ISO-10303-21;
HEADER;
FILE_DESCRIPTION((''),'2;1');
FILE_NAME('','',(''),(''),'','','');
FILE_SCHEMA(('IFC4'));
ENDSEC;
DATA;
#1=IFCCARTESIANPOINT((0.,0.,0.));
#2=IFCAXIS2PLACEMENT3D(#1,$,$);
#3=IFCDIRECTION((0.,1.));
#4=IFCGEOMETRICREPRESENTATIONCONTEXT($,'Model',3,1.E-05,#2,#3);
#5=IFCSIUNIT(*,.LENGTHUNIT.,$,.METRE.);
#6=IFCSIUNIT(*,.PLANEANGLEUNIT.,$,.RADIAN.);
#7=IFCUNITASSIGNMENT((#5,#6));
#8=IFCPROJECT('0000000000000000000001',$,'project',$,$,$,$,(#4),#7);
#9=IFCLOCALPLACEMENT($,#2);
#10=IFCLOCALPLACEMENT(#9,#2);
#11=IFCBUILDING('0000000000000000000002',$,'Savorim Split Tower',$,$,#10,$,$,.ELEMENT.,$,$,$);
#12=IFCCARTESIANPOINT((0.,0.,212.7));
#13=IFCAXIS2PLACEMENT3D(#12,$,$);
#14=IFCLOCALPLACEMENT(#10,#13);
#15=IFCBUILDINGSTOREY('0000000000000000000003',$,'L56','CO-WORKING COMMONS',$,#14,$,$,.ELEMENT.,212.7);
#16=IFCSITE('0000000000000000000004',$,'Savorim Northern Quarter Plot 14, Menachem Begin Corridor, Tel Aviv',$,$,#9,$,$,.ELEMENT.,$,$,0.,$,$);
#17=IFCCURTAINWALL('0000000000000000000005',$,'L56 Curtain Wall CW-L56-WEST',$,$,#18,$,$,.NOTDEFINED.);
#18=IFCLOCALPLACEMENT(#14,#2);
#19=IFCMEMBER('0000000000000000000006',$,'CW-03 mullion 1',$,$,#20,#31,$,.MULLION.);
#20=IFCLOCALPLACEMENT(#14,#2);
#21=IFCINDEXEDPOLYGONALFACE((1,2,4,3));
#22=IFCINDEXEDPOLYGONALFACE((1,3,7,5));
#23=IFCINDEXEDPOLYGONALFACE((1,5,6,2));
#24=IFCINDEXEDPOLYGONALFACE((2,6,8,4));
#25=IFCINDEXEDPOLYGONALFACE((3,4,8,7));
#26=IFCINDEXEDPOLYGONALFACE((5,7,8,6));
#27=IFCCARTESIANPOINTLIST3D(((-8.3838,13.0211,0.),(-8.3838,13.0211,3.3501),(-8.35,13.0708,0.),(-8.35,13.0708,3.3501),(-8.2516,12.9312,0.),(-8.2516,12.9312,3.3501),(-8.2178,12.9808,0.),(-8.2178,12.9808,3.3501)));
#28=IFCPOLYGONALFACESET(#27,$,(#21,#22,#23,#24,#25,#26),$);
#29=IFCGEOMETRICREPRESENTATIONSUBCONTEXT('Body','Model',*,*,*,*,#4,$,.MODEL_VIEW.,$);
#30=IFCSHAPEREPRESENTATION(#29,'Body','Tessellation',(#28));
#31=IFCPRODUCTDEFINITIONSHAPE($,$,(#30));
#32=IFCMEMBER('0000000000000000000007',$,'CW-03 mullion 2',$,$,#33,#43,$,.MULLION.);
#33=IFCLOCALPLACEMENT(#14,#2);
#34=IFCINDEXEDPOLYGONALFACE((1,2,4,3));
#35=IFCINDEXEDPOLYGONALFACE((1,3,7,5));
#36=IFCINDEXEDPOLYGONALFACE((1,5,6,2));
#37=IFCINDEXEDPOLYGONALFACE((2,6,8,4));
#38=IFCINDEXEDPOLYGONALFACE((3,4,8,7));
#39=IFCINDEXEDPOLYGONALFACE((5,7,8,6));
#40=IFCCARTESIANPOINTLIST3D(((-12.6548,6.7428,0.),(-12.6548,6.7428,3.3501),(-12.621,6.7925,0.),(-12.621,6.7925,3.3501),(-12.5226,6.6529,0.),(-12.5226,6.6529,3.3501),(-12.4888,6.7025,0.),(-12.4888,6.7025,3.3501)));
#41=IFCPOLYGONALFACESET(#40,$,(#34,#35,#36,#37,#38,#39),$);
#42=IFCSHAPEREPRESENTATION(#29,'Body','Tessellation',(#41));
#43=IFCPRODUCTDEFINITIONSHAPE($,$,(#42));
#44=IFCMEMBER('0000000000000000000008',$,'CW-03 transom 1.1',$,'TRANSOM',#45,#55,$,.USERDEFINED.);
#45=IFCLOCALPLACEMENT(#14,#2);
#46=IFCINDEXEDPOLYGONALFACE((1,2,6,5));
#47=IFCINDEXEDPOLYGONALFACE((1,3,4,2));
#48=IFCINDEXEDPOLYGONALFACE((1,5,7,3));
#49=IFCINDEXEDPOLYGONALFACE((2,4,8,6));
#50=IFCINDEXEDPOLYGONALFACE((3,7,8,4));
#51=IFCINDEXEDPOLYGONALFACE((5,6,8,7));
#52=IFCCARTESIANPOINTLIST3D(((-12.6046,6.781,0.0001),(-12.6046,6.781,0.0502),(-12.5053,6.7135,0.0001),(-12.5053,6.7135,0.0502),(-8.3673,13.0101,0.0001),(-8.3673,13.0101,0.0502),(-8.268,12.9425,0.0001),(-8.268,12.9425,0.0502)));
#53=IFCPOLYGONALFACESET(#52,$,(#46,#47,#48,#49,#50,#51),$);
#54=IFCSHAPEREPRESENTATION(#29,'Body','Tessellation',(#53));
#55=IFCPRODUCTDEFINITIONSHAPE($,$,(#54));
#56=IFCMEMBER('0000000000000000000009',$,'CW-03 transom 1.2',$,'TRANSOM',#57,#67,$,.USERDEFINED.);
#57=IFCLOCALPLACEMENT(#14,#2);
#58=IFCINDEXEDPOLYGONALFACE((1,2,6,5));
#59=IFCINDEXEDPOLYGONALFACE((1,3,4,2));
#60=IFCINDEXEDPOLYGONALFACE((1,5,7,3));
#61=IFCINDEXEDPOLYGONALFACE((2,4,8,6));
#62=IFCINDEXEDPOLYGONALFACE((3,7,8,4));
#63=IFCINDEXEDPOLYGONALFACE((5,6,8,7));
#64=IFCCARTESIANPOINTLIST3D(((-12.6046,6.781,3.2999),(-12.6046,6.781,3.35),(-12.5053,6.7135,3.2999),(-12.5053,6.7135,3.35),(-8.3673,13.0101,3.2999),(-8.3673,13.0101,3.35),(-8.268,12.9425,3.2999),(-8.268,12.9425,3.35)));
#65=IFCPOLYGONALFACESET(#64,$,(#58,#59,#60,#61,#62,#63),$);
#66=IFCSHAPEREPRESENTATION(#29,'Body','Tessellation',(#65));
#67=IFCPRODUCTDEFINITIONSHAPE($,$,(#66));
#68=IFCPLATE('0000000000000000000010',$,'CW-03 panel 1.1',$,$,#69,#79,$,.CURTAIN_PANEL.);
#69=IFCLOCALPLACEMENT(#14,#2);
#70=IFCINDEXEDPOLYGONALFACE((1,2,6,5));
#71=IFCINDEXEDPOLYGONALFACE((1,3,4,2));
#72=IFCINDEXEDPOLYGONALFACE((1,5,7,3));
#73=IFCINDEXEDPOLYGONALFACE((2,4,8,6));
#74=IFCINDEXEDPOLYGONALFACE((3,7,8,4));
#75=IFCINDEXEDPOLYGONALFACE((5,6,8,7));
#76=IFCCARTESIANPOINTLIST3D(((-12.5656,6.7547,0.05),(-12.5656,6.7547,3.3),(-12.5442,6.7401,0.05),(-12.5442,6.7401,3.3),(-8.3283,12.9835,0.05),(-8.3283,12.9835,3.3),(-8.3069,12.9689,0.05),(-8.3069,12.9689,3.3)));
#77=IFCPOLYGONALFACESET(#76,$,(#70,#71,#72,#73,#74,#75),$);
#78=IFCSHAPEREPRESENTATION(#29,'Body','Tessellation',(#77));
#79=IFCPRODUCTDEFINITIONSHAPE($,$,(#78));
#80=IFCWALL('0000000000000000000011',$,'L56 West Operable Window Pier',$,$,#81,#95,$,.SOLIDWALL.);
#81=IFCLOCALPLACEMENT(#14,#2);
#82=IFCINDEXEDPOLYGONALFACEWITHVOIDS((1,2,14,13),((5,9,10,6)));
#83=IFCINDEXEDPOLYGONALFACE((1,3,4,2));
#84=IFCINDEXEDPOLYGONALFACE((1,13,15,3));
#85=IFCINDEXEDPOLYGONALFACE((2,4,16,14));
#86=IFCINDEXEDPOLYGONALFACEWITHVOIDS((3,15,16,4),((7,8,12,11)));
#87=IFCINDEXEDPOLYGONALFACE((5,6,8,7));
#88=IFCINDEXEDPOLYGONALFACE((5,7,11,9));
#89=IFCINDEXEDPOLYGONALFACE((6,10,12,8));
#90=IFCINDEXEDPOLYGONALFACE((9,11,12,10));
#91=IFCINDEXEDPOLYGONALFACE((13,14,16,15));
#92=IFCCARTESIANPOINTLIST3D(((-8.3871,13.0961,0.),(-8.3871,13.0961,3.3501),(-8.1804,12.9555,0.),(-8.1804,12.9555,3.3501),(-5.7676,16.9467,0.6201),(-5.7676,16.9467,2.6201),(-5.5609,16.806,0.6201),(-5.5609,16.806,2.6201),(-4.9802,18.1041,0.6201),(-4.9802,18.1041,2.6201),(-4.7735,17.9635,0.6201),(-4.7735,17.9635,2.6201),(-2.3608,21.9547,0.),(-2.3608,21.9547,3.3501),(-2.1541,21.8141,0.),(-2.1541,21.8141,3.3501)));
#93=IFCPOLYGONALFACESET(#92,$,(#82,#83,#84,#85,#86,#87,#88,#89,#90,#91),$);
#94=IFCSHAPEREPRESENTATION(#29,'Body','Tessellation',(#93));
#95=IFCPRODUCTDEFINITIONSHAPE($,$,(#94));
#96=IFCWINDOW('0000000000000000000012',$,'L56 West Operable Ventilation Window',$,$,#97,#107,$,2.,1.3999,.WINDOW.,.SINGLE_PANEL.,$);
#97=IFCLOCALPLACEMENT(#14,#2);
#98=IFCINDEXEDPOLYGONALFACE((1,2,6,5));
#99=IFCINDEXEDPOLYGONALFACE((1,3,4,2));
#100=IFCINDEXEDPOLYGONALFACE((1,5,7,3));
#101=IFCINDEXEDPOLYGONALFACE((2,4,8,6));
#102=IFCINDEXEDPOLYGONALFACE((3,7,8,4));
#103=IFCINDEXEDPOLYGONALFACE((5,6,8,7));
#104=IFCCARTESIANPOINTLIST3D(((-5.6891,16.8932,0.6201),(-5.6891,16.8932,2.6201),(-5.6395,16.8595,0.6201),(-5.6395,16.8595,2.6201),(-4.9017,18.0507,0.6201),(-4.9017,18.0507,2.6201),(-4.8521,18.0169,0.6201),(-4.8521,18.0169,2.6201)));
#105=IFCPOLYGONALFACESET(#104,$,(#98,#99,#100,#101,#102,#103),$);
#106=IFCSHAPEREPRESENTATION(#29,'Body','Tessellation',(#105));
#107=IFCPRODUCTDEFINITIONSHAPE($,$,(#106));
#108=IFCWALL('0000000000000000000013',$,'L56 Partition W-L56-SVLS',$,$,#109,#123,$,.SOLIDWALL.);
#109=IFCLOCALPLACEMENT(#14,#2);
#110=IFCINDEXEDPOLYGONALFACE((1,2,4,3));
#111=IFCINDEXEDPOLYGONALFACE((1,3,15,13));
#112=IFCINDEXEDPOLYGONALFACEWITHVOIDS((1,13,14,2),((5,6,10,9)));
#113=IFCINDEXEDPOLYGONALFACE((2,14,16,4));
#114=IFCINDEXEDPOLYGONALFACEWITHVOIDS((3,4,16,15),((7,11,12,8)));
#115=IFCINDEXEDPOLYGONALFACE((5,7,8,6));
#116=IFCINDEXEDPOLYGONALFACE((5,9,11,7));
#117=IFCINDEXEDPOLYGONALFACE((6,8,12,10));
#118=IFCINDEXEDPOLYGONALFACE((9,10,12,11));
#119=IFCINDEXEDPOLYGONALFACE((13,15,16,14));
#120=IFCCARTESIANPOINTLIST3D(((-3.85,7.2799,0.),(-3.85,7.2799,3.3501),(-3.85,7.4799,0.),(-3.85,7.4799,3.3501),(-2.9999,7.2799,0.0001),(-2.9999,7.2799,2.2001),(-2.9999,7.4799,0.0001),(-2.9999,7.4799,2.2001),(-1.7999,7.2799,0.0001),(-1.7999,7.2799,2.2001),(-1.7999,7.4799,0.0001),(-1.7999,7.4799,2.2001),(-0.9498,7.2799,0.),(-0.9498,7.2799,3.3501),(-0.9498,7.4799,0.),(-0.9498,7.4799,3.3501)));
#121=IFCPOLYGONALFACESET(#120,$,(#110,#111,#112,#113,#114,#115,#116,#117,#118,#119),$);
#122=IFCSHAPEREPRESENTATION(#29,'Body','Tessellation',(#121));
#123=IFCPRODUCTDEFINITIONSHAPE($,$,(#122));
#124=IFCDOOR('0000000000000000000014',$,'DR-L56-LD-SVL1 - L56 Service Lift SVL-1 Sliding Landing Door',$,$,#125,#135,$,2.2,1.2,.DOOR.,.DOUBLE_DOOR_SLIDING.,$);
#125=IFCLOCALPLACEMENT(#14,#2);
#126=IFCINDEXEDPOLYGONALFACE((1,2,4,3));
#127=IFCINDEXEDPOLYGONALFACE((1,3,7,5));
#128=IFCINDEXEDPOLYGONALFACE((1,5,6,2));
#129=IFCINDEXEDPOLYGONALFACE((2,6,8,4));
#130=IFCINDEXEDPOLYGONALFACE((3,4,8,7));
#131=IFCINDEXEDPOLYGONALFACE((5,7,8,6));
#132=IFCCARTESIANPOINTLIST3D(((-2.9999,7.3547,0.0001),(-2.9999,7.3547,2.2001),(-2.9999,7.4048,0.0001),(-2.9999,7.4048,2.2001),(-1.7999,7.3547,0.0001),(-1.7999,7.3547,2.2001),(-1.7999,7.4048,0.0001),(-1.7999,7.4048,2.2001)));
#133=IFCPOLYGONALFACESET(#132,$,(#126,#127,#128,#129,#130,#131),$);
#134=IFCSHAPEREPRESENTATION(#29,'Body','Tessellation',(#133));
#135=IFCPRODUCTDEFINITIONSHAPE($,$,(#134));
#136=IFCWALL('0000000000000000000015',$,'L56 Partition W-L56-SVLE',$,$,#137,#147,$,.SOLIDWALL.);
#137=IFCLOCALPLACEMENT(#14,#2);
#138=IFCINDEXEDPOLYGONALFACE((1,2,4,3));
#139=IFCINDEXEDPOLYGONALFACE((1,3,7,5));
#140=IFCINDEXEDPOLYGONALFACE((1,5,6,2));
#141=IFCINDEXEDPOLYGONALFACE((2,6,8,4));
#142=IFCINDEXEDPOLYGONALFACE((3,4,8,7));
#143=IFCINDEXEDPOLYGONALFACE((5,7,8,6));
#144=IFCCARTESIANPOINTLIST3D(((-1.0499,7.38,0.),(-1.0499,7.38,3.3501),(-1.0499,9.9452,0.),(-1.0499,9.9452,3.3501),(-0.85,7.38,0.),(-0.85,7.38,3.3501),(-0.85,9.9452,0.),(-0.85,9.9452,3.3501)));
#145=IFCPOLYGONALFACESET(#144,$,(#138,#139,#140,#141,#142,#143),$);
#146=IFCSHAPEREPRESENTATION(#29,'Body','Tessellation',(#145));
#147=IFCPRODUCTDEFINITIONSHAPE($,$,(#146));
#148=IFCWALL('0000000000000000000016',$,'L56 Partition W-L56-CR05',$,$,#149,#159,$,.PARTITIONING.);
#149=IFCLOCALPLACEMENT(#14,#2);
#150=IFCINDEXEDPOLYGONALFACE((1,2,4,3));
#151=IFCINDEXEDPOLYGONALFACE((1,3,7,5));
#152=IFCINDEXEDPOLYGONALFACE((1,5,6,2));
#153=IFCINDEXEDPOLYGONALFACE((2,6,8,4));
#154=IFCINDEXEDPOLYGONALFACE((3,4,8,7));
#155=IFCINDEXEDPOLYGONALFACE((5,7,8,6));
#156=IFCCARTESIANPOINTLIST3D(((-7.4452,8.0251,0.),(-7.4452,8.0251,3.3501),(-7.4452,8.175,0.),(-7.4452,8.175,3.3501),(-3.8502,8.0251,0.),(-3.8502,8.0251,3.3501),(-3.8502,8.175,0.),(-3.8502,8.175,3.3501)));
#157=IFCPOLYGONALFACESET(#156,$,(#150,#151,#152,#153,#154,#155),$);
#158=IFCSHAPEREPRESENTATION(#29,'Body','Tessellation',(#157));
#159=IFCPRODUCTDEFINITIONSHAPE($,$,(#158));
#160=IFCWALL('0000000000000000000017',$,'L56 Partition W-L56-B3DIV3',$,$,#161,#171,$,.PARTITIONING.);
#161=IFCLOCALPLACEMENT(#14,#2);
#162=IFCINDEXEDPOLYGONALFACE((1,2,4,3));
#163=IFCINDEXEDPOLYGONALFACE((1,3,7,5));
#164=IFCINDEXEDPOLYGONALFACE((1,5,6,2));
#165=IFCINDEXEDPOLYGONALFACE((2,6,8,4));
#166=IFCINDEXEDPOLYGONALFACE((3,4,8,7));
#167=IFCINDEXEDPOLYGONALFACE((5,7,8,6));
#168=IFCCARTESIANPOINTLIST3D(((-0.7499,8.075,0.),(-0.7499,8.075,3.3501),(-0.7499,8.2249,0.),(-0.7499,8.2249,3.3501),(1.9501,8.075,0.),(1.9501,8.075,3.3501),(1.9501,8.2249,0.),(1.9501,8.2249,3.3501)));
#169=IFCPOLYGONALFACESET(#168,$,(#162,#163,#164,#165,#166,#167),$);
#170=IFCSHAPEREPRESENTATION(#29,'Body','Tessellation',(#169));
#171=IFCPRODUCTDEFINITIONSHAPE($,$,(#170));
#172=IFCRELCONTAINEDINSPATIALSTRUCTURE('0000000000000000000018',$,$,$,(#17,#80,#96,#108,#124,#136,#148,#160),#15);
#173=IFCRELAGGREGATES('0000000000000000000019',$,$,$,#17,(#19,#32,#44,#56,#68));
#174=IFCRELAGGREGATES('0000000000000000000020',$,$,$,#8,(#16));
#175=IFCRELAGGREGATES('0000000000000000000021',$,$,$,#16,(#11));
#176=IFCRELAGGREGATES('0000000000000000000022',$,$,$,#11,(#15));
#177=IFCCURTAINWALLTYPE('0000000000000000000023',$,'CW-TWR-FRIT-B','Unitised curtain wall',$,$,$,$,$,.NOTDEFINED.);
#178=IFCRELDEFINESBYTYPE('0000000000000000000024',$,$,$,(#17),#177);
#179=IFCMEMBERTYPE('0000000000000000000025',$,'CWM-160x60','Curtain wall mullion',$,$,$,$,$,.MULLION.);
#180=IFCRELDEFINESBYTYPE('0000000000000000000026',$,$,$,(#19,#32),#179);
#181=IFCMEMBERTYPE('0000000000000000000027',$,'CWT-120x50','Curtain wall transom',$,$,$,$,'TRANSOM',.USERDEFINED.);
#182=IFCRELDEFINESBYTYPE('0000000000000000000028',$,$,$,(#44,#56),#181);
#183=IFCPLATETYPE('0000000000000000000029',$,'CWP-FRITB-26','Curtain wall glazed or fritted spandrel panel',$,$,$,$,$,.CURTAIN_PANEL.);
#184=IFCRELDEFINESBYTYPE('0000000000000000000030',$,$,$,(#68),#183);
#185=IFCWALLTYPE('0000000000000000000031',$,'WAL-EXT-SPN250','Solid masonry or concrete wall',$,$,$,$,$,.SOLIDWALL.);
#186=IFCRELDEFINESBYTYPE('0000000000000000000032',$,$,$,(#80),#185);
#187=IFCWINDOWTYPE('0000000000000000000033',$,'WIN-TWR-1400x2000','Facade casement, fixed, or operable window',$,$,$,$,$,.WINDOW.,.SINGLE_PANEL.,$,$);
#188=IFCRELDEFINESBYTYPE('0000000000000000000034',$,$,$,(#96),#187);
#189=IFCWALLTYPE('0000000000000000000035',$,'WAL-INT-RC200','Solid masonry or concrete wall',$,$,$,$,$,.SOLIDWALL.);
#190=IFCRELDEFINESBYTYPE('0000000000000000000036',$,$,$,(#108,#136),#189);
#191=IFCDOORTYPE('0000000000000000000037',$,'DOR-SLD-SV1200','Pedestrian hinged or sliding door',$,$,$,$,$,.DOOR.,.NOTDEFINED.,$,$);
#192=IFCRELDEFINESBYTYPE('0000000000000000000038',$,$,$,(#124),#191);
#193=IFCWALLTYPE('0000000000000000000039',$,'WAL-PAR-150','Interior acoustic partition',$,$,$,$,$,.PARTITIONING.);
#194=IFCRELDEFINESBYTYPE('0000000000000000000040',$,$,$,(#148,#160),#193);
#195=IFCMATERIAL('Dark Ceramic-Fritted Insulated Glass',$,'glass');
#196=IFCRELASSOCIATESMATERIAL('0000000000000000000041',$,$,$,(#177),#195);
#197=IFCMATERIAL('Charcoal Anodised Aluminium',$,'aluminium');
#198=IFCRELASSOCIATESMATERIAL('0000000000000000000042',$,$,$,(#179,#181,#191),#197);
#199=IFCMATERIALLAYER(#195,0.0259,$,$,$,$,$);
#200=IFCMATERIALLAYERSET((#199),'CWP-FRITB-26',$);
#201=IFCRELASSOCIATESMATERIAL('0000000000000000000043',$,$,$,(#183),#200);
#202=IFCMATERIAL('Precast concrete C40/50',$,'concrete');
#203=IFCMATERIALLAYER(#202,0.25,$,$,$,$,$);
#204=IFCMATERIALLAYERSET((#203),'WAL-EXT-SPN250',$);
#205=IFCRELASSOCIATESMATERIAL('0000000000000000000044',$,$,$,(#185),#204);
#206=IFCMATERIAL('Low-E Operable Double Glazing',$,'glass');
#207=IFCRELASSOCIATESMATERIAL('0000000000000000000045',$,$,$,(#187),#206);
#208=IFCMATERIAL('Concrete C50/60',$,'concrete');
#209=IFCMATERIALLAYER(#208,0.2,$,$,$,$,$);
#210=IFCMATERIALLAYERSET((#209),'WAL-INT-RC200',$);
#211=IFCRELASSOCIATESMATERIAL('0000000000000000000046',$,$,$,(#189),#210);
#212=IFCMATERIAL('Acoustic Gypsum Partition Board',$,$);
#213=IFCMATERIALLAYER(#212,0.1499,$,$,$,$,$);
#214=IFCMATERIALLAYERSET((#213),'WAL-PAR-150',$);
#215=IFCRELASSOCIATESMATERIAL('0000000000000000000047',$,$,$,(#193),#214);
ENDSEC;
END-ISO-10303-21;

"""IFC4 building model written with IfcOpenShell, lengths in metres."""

from ifc_helpers import new_model, si_unit, direction, frame, frame_2d, origin, origin_2d, place, context, subcontext, project, spatial, rectangle, extrude, material, layer, layer_set, material_profile, profile_set, type_object, element, fill, aggregate, save


model = new_model("IFC4")

# Units and contexts
model_context = context("Model", 3, precision=1e-05, world=origin(), true_north=direction((0.0, 1.0)))
body_context = subcontext(model_context, "Body", "Model", "MODEL_VIEW")
ifc_project = project(units=[si_unit("LENGTHUNIT", "METRE"), si_unit("PLANEANGLEUNIT", "RADIAN")], contexts=[model_context])

# Site, building, storey
site_placement = place(None, origin())
site = spatial("IfcSite", under=ifc_project, at=site_placement, Name="Savorim Northern Quarter Plot 14, Menachem Begin Corridor, Tel Aviv", CompositionType="ELEMENT", RefElevation=0.0)
building_placement = place(site_placement, origin())
building = spatial("IfcBuilding", under=site, at=building_placement, Name="Savorim Split Tower", CompositionType="ELEMENT")
storey_placement = place(building_placement, frame((0.0, 0.0, 212.7)))
storey = spatial("IfcBuildingStorey", under=building, at=storey_placement, Name="L56", Description="CO-WORKING COMMONS", CompositionType="ELEMENT", Elevation=212.7)

# Curtain wall, members, plate
ifc_material_1 = material(Name="Dark Ceramic-Fritted Insulated Glass", Category="glass")
curtain_wall_type = type_object("IfcCurtainWallType", Name="CW-TWR-FRIT-B", Description="Unitised curtain wall", PredefinedType="NOTDEFINED", material=ifc_material_1)
curtain_wall_placement = place(storey_placement, origin())
curtain_wall = element("IfcCurtainWall", 1, at=curtain_wall_placement, inside=storey, type_object=curtain_wall_type, Name="L56 Curtain Wall CW-L56-WEST", PredefinedType="NOTDEFINED")
ifc_material_2 = material(Name="Charcoal Anodised Aluminium", Category="aluminium")
ifc_material_profile_1 = material_profile(ifc_material_2, rectangle(XDim=0.1599, YDim=0.0601, at=origin_2d()), Name="ALU-M 160x60")
ifc_profile_set_1 = profile_set([ifc_material_profile_1], Name="Charcoal Anodised Aluminium")
member_type_1 = type_object("IfcMemberType", Name="CWM-160x60", Description="Curtain wall mullion", PredefinedType="MULLION", material=ifc_profile_set_1)
member_1_placement = place(storey_placement, frame((-8.3008, 13.001, 0.0), z_axis=(0.0, 0.0, 1.0), x_axis=(0.826821, -0.562465, 0.0)))
member_1 = element("IfcMember", 2, at=member_1_placement, type_object=member_type_1, Name="CW-03 mullion 1", PredefinedType="MULLION", context=body_context, shape_type="SweptSolid", body=[
    extrude(rectangle(XDim=0.1599, YDim=0.0601, at=origin_2d()), origin(), (0.0, 0.0, 1.0), 3.3501),
])
member_2_placement = place(storey_placement, frame((-12.5718, 6.7227, 0.0), z_axis=(0.0, 0.0, 1.0), x_axis=(0.826821, -0.562465, 0.0)))
member_2 = element("IfcMember", 3, at=member_2_placement, type_object=member_type_1, Name="CW-03 mullion 2", PredefinedType="MULLION", context=body_context, shape_type="SweptSolid", body=[
    extrude(rectangle(XDim=0.1599, YDim=0.0601, at=origin_2d()), origin(), (0.0, 0.0, 1.0), 3.3501),
])
ifc_material_profile_2 = material_profile(ifc_material_2, rectangle(XDim=0.1201, YDim=0.05, at=origin_2d()), Name="ALU-T 120x50")
ifc_profile_set_2 = profile_set([ifc_material_profile_2], Name="Charcoal Anodised Aluminium")
member_type_2 = type_object("IfcMemberType", Name="CWT-120x50", Description="Curtain wall transom", ElementType="TRANSOM", PredefinedType="USERDEFINED", material=ifc_profile_set_2)
member_3_placement = place(storey_placement, frame((-8.3176, 12.9763, 0.0251), z_axis=(-0.562454, -0.826829, 0.0), x_axis=(0.826829, -0.562454, 0.0)))
member_3 = element("IfcMember", 4, at=member_3_placement, type_object=member_type_2, Name="CW-03 transom 1.1", ObjectType="TRANSOM", PredefinedType="USERDEFINED", context=body_context, shape_type="SweptSolid", body=[
    extrude(rectangle(XDim=0.1201, YDim=0.05, at=origin_2d()), origin(), (0.0, 0.0, 1.0), 7.5337),
])
member_4_placement = place(storey_placement, frame((-8.3176, 12.9763, 3.325), z_axis=(-0.562454, -0.826829, 0.0), x_axis=(0.826829, -0.562454, 0.0)))
member_4 = element("IfcMember", 5, at=member_4_placement, type_object=member_type_2, Name="CW-03 transom 1.2", ObjectType="TRANSOM", PredefinedType="USERDEFINED", context=body_context, shape_type="SweptSolid", body=[
    extrude(rectangle(XDim=0.1201, YDim=0.05, at=origin_2d()), origin(), (0.0, 0.0, 1.0), 7.5337),
])
ifc_layer_1 = layer(ifc_material_1, 0.0259)
ifc_layer_set_1 = layer_set([ifc_layer_1], Name="CWP-FRITB-26")
plate_type = type_object("IfcPlateType", Name="CWP-FRITB-26", Description="Curtain wall glazed or fritted spandrel panel", PredefinedType="CURTAIN_PANEL", material=ifc_layer_set_1)
plate_placement = place(storey_placement, frame((-10.4363, 9.8618, 0.05), z_axis=(0.0, 0.0, 1.0), x_axis=(-0.562465, -0.826821, 0.0)))
plate = element("IfcPlate", 6, at=plate_placement, type_object=plate_type, Name="CW-03 panel 1.1", PredefinedType="CURTAIN_PANEL", context=body_context, shape_type="SweptSolid", body=[
    extrude(rectangle(XDim=7.5334, YDim=0.0259, at=origin_2d()), origin(), (0.0, 0.0, 1.0), 3.25),
])
aggregate(curtain_wall, [member_1, member_2, member_3, member_4, plate])

# Shared definitions
ifc_material_3 = material(Name="Precast concrete C40/50", Category="concrete")

# Wall, opening, window
ifc_layer_2 = layer(ifc_material_3, 0.25)
ifc_layer_set_2 = layer_set([ifc_layer_2], Name="WAL-EXT-SPN250")
wall_type_1 = type_object("IfcWallType", Name="WAL-EXT-SPN250", Description="Solid masonry or concrete wall", PredefinedType="SOLIDWALL", material=ifc_layer_set_2)
wall_1_placement = place(storey_placement, frame((-8.2837, 13.0259, 0.0), z_axis=(0.0, 0.0, 1.0), x_axis=(0.562469, 0.826818, 0.0)))
wall_1 = element("IfcWall", 7, at=wall_1_placement, inside=storey, type_object=wall_type_1, Name="L56 West Operable Window Pier", PredefinedType="SOLIDWALL", context=body_context, shape_type="SweptSolid", body=[
    extrude(rectangle(XDim=10.7141, YDim=0.25, at=frame_2d((5.3569, 0.0))), origin(), (0.0, 0.0, 1.0), 3.3501),
])
opening_1_placement = place(wall_1_placement, frame((4.657, 0.0, 0.6201)))
opening_1 = element("IfcOpeningElement", 8, at=opening_1_placement, cuts=wall_1, PredefinedType="OPENING", context=body_context, shape_type="SweptSolid", body=[
    extrude(rectangle(XDim=1.3999, YDim=2.0, at=frame_2d((0.7, 1.0))), frame((0.0, 0.135, 0.0), z_axis=(0.0, -1.0, 0.0), x_axis=(1.0, 0.0, 0.0)), (0.0, 0.0, 1.0), 0.27),
])
ifc_material_4 = material(Name="Low-E Operable Double Glazing", Category="glass")
window_type = type_object("IfcWindowType", Name="WIN-TWR-1400x2000", Description="Facade casement, fixed, or operable window", PartitioningType="SINGLE_PANEL", PredefinedType="WINDOW", material=ifc_material_4)
window_placement = place(opening_1_placement, origin())
window = element("IfcWindow", 9, at=window_placement, inside=storey, type_object=window_type, Name="L56 West Operable Ventilation Window", OverallHeight=2.0, OverallWidth=1.3999, PartitioningType="SINGLE_PANEL", PredefinedType="WINDOW", context=body_context, shape_type="SweptSolid", body=[
    extrude(rectangle(XDim=1.3999, YDim=2.0, at=frame_2d((0.7, 1.0))), frame((0.0, 0.03, 0.0), z_axis=(0.0, -1.0, 0.0), x_axis=(1.0, 0.0, 0.0)), (0.0, 0.0, 1.0), 0.0601),
])
fill(opening_1, window)

# Wall, opening, door
ifc_material_5 = material(Name="Concrete C50/60", Category="concrete")
ifc_layer_3 = layer(ifc_material_5, 0.2)
ifc_layer_set_3 = layer_set([ifc_layer_3], Name="WAL-INT-RC200")
wall_type_2 = type_object("IfcWallType", Name="WAL-INT-RC200", Description="Solid masonry or concrete wall", PredefinedType="SOLIDWALL", material=ifc_layer_set_3)
wall_2_placement = place(storey_placement, frame((-3.8501, 7.3799, 0.0), z_axis=(0.0, 0.0, 1.0), x_axis=(1.0, 0.0, 0.0)))
wall_2 = element("IfcWall", 10, at=wall_2_placement, inside=storey, type_object=wall_type_2, Name="L56 Partition W-L56-SVLS", PredefinedType="SOLIDWALL", context=body_context, shape_type="SweptSolid", body=[
    extrude(rectangle(XDim=2.9001, YDim=0.2, at=frame_2d((1.4502, 0.0))), origin(), (0.0, 0.0, 1.0), 3.3501),
])
opening_2_placement = place(wall_2_placement, frame((0.8501, 0.0, 0.0)))
opening_2 = element("IfcOpeningElement", 11, at=opening_2_placement, cuts=wall_2, PredefinedType="OPENING", context=body_context, shape_type="SweptSolid", body=[
    extrude(rectangle(XDim=1.2, YDim=2.2, at=frame_2d((0.6001, 1.1001))), frame((0.0, 0.1099, 0.0), z_axis=(0.0, -1.0, 0.0), x_axis=(1.0, 0.0, 0.0)), (0.0, 0.0, 1.0), 0.22),
])
door_type_1 = type_object("IfcDoorType", Name="DOR-SLD-SV1200", Description="Pedestrian hinged or sliding door", OperationType="NOTDEFINED", PredefinedType="DOOR", material=ifc_material_2)
door_1_placement = place(opening_2_placement, origin())
door_1 = element("IfcDoor", 12, at=door_1_placement, inside=storey, type_object=door_type_1, Name="DR-L56-LD-SVL1 - L56 Service Lift SVL-1 Sliding Landing Door", OperationType="DOUBLE_DOOR_SLIDING", OverallHeight=2.2, OverallWidth=1.2, PredefinedType="DOOR", context=body_context, shape_type="SweptSolid", body=[
    extrude(rectangle(XDim=1.2, YDim=2.2, at=frame_2d((0.6001, 1.1001))), frame((0.0, 0.0249, 0.0), z_axis=(0.0, -1.0, 0.0), x_axis=(1.0, 0.0, 0.0)), (0.0, 0.0, 1.0), 0.05),
])
fill(opening_2, door_1)

# Walls
wall_3_placement = place(storey_placement, frame((-0.95, 7.3799, 0.0), z_axis=(0.0, 0.0, 1.0), x_axis=(0.0, 1.0, 0.0)))
element("IfcWall", 13, at=wall_3_placement, inside=storey, type_object=wall_type_2, Name="L56 Partition W-L56-SVLE", PredefinedType="SOLIDWALL", context=body_context, shape_type="SweptSolid", body=[
    extrude(rectangle(XDim=2.5652, YDim=0.2, at=frame_2d((1.2827, 0.0))), origin(), (0.0, 0.0, 1.0), 3.3501),
])
ifc_material_6 = material(Name="Acoustic Gypsum Partition Board")
ifc_layer_4 = layer(ifc_material_6, 0.1499)
ifc_layer_set_4 = layer_set([ifc_layer_4], Name="WAL-PAR-150")
wall_type_3 = type_object("IfcWallType", Name="WAL-PAR-150", Description="Interior acoustic partition", PredefinedType="PARTITIONING", material=ifc_layer_set_4)
wall_4_placement = place(storey_placement, frame((-7.4451, 8.1001, 0.0), z_axis=(0.0, 0.0, 1.0), x_axis=(1.0, 0.0, 0.0)))
element("IfcWall", 14, at=wall_4_placement, inside=storey, type_object=wall_type_3, Name="L56 Partition W-L56-CR05", PredefinedType="PARTITIONING", context=body_context, shape_type="SweptSolid", body=[
    extrude(rectangle(XDim=3.595, YDim=0.1499, at=frame_2d((1.7974, 0.0))), origin(), (0.0, 0.0, 1.0), 3.3501),
])
wall_5_placement = place(storey_placement, frame((-0.75, 8.1499, 0.0), z_axis=(0.0, 0.0, 1.0), x_axis=(1.0, 0.0, 0.0)))
element("IfcWall", 15, at=wall_5_placement, inside=storey, type_object=wall_type_3, Name="L56 Partition W-L56-B3DIV3", PredefinedType="PARTITIONING", context=body_context, shape_type="SweptSolid", body=[
    extrude(rectangle(XDim=2.7, YDim=0.1499, at=frame_2d((1.3501, 0.0))), origin(), (0.0, 0.0, 1.0), 3.3501),
])

save(model, "model.ifc")
